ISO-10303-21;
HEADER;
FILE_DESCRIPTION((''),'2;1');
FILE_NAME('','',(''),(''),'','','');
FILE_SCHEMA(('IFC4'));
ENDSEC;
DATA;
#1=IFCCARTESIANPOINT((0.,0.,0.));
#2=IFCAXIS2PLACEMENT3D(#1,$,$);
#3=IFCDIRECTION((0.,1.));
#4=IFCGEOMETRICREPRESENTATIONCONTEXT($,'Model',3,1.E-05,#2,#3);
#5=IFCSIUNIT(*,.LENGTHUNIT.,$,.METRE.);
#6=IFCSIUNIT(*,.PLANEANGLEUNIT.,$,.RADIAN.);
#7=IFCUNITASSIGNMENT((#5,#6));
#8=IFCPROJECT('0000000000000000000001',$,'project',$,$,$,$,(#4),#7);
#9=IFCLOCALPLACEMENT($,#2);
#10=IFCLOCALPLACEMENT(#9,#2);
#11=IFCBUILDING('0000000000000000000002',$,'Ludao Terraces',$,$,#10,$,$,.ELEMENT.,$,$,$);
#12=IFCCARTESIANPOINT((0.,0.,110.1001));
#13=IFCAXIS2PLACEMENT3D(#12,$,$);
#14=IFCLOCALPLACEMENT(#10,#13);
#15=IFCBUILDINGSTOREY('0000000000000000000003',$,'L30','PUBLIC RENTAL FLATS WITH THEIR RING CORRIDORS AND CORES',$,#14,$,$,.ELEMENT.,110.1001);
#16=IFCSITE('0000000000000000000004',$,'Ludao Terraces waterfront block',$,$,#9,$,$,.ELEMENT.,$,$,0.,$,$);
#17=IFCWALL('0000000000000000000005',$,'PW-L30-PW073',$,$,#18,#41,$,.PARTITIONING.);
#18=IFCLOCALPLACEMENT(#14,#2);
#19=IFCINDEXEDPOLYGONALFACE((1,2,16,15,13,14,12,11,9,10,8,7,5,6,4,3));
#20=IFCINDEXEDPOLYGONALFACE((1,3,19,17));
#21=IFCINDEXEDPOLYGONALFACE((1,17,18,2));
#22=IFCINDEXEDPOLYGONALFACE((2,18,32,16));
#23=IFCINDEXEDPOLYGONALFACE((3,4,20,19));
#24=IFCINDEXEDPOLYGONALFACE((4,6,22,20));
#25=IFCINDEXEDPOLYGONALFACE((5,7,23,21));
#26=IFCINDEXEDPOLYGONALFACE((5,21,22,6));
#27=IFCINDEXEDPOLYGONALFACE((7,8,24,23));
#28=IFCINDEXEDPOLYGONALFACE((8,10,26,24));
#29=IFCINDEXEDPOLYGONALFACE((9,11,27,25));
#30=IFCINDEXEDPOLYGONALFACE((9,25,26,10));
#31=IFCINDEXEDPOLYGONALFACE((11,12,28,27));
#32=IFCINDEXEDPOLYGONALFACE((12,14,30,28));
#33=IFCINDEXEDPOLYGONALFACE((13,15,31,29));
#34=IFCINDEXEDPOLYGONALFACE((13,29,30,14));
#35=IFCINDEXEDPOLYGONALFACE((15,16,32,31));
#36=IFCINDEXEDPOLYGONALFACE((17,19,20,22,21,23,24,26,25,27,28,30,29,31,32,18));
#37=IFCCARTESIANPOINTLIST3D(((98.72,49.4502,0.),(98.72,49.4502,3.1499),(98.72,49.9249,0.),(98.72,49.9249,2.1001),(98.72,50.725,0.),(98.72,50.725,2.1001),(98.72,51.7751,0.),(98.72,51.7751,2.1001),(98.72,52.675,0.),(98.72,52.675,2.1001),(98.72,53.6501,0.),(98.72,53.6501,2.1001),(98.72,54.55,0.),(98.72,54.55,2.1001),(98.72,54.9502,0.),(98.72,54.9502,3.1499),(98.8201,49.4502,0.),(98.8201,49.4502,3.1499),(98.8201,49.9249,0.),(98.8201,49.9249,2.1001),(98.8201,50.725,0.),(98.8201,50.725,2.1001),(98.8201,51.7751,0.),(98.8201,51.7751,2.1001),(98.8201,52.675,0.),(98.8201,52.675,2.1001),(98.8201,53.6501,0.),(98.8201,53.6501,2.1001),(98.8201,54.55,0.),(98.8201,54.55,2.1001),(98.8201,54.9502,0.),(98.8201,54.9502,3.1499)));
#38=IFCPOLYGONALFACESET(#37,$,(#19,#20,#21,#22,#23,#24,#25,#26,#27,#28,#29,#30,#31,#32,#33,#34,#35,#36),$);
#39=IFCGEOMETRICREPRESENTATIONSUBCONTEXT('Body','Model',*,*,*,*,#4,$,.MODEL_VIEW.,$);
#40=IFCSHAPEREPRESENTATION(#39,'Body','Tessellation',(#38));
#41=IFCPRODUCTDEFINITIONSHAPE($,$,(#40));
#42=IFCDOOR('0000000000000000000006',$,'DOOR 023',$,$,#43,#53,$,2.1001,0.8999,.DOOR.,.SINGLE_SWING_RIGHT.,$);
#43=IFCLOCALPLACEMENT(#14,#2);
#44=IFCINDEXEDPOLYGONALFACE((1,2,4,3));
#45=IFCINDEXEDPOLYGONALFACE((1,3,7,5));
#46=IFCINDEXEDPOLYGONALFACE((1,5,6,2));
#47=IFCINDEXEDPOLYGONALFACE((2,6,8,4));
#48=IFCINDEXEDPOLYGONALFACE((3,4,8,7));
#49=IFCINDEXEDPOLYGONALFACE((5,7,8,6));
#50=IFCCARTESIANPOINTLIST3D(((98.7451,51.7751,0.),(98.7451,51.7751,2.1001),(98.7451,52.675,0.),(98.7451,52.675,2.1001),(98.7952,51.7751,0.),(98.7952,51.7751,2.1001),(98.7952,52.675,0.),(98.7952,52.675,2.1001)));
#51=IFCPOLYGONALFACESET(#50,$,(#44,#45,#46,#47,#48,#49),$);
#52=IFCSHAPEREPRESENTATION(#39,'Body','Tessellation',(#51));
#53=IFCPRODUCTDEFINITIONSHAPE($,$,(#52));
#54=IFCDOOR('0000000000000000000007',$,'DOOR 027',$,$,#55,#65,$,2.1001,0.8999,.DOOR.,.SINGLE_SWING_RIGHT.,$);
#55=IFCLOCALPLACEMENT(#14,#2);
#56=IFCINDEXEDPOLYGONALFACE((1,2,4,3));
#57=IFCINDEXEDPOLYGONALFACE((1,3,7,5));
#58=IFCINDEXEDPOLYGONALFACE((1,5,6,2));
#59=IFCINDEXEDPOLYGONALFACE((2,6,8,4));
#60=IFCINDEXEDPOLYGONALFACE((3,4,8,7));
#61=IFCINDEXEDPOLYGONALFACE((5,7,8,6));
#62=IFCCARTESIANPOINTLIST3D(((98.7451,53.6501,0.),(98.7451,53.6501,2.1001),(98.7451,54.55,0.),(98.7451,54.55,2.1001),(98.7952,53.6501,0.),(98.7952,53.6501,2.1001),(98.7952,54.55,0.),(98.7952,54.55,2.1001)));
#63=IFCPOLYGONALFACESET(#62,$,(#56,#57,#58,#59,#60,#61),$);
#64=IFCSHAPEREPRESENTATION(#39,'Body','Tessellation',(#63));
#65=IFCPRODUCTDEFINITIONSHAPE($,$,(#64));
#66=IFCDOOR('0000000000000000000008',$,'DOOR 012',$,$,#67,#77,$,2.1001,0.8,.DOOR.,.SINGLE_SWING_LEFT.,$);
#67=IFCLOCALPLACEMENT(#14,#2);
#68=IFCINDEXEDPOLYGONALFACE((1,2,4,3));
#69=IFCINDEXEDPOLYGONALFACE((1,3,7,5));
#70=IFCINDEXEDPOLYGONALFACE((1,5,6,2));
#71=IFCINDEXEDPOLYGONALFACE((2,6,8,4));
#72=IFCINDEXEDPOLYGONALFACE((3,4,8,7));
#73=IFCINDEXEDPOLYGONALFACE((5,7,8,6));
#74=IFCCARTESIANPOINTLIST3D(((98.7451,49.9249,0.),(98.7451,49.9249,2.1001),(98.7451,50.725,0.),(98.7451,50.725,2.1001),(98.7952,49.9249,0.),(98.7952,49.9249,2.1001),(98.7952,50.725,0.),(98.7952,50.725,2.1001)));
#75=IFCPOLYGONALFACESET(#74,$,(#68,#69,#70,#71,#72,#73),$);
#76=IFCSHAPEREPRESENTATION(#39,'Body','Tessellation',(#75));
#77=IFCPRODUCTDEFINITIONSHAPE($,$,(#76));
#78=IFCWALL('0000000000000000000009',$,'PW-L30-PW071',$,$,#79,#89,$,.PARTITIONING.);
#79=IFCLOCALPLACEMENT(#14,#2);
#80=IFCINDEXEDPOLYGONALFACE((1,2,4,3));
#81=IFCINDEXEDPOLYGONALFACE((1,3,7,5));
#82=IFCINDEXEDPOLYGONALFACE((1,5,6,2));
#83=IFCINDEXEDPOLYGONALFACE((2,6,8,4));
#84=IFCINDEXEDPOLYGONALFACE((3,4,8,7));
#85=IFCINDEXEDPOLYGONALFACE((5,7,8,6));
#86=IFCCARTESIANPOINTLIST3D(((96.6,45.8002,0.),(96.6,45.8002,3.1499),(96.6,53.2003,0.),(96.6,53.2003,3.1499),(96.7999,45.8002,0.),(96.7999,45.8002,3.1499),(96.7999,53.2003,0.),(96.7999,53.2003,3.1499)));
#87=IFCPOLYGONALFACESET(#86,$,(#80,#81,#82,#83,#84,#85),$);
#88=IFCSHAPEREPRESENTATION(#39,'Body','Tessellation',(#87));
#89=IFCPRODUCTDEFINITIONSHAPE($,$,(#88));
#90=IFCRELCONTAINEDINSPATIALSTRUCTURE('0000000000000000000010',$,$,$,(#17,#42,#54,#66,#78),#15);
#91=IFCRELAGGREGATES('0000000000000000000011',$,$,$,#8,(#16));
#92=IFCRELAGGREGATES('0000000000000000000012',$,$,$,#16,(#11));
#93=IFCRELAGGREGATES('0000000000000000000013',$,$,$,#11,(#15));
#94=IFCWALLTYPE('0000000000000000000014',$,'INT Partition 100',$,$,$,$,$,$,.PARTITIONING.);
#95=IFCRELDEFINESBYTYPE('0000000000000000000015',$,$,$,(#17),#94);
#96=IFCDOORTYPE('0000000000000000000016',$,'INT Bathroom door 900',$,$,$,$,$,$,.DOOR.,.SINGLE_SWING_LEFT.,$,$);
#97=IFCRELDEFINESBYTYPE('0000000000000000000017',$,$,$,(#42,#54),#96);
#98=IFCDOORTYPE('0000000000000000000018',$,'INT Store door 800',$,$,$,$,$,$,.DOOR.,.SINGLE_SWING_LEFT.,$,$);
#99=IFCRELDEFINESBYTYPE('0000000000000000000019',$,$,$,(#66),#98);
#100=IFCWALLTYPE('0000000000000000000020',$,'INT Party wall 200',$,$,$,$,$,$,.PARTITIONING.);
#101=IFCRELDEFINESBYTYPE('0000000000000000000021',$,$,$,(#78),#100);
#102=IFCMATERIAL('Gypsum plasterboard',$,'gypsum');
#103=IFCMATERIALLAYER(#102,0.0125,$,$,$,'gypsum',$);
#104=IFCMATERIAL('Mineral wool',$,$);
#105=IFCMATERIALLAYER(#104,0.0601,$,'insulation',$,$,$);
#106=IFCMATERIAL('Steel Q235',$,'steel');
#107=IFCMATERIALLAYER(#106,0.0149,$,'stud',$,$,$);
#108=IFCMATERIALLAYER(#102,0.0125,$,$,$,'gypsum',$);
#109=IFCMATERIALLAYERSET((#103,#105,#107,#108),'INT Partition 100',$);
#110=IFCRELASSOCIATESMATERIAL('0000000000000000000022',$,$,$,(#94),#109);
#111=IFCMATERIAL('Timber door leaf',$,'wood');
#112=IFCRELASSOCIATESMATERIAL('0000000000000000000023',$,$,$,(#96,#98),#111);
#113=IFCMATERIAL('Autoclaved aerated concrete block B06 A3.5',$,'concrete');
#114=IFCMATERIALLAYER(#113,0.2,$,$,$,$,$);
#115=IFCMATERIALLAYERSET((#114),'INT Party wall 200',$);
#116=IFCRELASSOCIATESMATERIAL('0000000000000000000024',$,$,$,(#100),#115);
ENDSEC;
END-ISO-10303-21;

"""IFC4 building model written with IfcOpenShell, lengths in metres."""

from ifc_helpers import new_model, si_unit, direction, frame, frame_2d, origin, place, context, subcontext, project, spatial, rectangle, extrude, material, layer, layer_set, type_object, element, fill, save


model = new_model("IFC4")

# Units and contexts
model_context = context("Model", 3, precision=1e-05, world=origin(), true_north=direction((0.0, 1.0)))
body_context = subcontext(model_context, "Body", "Model", "MODEL_VIEW")
ifc_project = project(units=[si_unit("LENGTHUNIT", "METRE"), si_unit("PLANEANGLEUNIT", "RADIAN")], contexts=[model_context])

# Site, building, storey
site_placement = place(None, origin())
site = spatial("IfcSite", under=ifc_project, at=site_placement, Name="Ludao Terraces waterfront block", CompositionType="ELEMENT", RefElevation=0.0)
building_placement = place(site_placement, origin())
building = spatial("IfcBuilding", under=site, at=building_placement, Name="Ludao Terraces", CompositionType="ELEMENT")
storey_placement = place(building_placement, frame((0.0, 0.0, 110.1001)))
storey = spatial("IfcBuildingStorey", under=building, at=storey_placement, Name="L30", Description="PUBLIC RENTAL FLATS WITH THEIR RING CORRIDORS AND CORES", CompositionType="ELEMENT", Elevation=110.1001)

# Shared definitions
ifc_material_1 = material(Name="Mineral wool")

# Shared definitions
ifc_material_2 = material(Name="Gypsum plasterboard", Category="gypsum")
ifc_layer_1 = layer(ifc_material_2, 0.0125, Category="gypsum")
ifc_layer_2 = layer(ifc_material_1, 0.0601, Name="insulation")
ifc_material_3 = material(Name="Steel Q235", Category="steel")
ifc_layer_3 = layer(ifc_material_3, 0.0149, Name="stud")
ifc_layer_4 = layer(ifc_material_2, 0.0125, Category="gypsum")
ifc_layer_set_1 = layer_set([ifc_layer_1, ifc_layer_2, ifc_layer_3, ifc_layer_4], Name="INT Partition 100")
wall_type_1 = type_object("IfcWallType", Name="INT Partition 100", PredefinedType="PARTITIONING", material=ifc_layer_set_1)

# Wall, openings, doors
wall_1_placement = place(storey_placement, frame((98.77, 49.4502, 0.0), z_axis=(0.0, 0.0, 1.0), x_axis=(0.0, 1.0, 0.0)))
wall_1 = element("IfcWall", 1, at=wall_1_placement, inside=storey, type_object=wall_type_1, Name="PW-L30-PW073", PredefinedType="PARTITIONING", context=body_context, shape_type="SweptSolid", body=[
    extrude(rectangle(XDim=5.5, YDim=0.1001, at=frame_2d((2.75, 0.0))), origin(), (0.0, 0.0, 1.0), 3.1499),
])
opening_1_placement = place(wall_1_placement, frame((0.4749, 0.0, 0.0)))
opening_1 = element("IfcOpeningElement", 2, at=opening_1_placement, cuts=wall_1, PredefinedType="OPENING", context=body_context, shape_type="SweptSolid", body=[
    extrude(rectangle(XDim=0.8, YDim=2.1001, at=frame_2d((0.3999, 1.05))), frame((0.0, 0.0601, 0.0), z_axis=(0.0, -1.0, 0.0), x_axis=(1.0, 0.0, 0.0)), (0.0, 0.0, 1.0), 0.1201),
])
opening_2_placement = place(wall_1_placement, frame((2.325, 0.0, 0.0)))
opening_2 = element("IfcOpeningElement", 3, at=opening_2_placement, cuts=wall_1, PredefinedType="OPENING", context=body_context, shape_type="SweptSolid", body=[
    extrude(rectangle(XDim=0.8999, YDim=2.1001, at=frame_2d((0.45, 1.05))), frame((0.0, 0.0601, 0.0), z_axis=(0.0, -1.0, 0.0), x_axis=(1.0, 0.0, 0.0)), (0.0, 0.0, 1.0), 0.1201),
])
opening_3_placement = place(wall_1_placement, frame((4.2, 0.0, 0.0)))
opening_3 = element("IfcOpeningElement", 4, at=opening_3_placement, cuts=wall_1, PredefinedType="OPENING", context=body_context, shape_type="SweptSolid", body=[
    extrude(rectangle(XDim=0.8999, YDim=2.1001, at=frame_2d((0.45, 1.05))), frame((0.0, 0.0601, 0.0), z_axis=(0.0, -1.0, 0.0), x_axis=(1.0, 0.0, 0.0)), (0.0, 0.0, 1.0), 0.1201),
])
ifc_material_4 = material(Name="Timber door leaf", Category="wood")
door_type_1 = type_object("IfcDoorType", Name="INT Bathroom door 900", OperationType="SINGLE_SWING_LEFT", PredefinedType="DOOR", material=ifc_material_4)
door_1_placement = place(opening_2_placement, origin())
door_1 = element("IfcDoor", 5, at=door_1_placement, inside=storey, type_object=door_type_1, Name="DOOR 023", OperationType="SINGLE_SWING_RIGHT", OverallHeight=2.1001, OverallWidth=0.8999, PredefinedType="DOOR", context=body_context, shape_type="SweptSolid", body=[
    extrude(rectangle(XDim=0.8999, YDim=2.1001, at=frame_2d((0.45, 1.05))), frame((0.0, 0.0249, 0.0), z_axis=(0.0, -1.0, 0.0), x_axis=(1.0, 0.0, 0.0)), (0.0, 0.0, 1.0), 0.05),
])
fill(opening_2, door_1)
door_2_placement = place(opening_3_placement, origin())
door_2 = element("IfcDoor", 6, at=door_2_placement, inside=storey, type_object=door_type_1, Name="DOOR 027", OperationType="SINGLE_SWING_RIGHT", OverallHeight=2.1001, OverallWidth=0.8999, PredefinedType="DOOR", context=body_context, shape_type="SweptSolid", body=[
    extrude(rectangle(XDim=0.8999, YDim=2.1001, at=frame_2d((0.45, 1.05))), frame((0.0, 0.0249, 0.0), z_axis=(0.0, -1.0, 0.0), x_axis=(1.0, 0.0, 0.0)), (0.0, 0.0, 1.0), 0.05),
])
fill(opening_3, door_2)
door_type_2 = type_object("IfcDoorType", Name="INT Store door 800", OperationType="SINGLE_SWING_LEFT", PredefinedType="DOOR", material=ifc_material_4)
door_3_placement = place(opening_1_placement, origin())
door_3 = element("IfcDoor", 7, at=door_3_placement, inside=storey, type_object=door_type_2, Name="DOOR 012", OperationType="SINGLE_SWING_LEFT", OverallHeight=2.1001, OverallWidth=0.8, PredefinedType="DOOR", context=body_context, shape_type="SweptSolid", body=[
    extrude(rectangle(XDim=0.8, YDim=2.1001, at=frame_2d((0.3999, 1.05))), frame((0.0, 0.0249, 0.0), z_axis=(0.0, -1.0, 0.0), x_axis=(1.0, 0.0, 0.0)), (0.0, 0.0, 1.0), 0.05),
])
fill(opening_1, door_3)

# Wall
ifc_material_5 = material(Name="Autoclaved aerated concrete block B06 A3.5", Category="concrete")
ifc_layer_5 = layer(ifc_material_5, 0.2)
ifc_layer_set_2 = layer_set([ifc_layer_5], Name="INT Party wall 200")
wall_type_2 = type_object("IfcWallType", Name="INT Party wall 200", PredefinedType="PARTITIONING", material=ifc_layer_set_2)
wall_2_placement = place(storey_placement, frame((96.7, 45.8, 0.0), z_axis=(0.0, 0.0, 1.0), x_axis=(0.0, 1.0, 0.0)))
element("IfcWall", 8, at=wall_2_placement, inside=storey, type_object=wall_type_2, Name="PW-L30-PW071", PredefinedType="PARTITIONING", context=body_context, shape_type="SweptSolid", body=[
    extrude(rectangle(XDim=7.4001, YDim=0.2, at=frame_2d((3.7002, 0.0))), origin(), (0.0, 0.0, 1.0), 3.1499),
])

save(model, "model.ifc")
